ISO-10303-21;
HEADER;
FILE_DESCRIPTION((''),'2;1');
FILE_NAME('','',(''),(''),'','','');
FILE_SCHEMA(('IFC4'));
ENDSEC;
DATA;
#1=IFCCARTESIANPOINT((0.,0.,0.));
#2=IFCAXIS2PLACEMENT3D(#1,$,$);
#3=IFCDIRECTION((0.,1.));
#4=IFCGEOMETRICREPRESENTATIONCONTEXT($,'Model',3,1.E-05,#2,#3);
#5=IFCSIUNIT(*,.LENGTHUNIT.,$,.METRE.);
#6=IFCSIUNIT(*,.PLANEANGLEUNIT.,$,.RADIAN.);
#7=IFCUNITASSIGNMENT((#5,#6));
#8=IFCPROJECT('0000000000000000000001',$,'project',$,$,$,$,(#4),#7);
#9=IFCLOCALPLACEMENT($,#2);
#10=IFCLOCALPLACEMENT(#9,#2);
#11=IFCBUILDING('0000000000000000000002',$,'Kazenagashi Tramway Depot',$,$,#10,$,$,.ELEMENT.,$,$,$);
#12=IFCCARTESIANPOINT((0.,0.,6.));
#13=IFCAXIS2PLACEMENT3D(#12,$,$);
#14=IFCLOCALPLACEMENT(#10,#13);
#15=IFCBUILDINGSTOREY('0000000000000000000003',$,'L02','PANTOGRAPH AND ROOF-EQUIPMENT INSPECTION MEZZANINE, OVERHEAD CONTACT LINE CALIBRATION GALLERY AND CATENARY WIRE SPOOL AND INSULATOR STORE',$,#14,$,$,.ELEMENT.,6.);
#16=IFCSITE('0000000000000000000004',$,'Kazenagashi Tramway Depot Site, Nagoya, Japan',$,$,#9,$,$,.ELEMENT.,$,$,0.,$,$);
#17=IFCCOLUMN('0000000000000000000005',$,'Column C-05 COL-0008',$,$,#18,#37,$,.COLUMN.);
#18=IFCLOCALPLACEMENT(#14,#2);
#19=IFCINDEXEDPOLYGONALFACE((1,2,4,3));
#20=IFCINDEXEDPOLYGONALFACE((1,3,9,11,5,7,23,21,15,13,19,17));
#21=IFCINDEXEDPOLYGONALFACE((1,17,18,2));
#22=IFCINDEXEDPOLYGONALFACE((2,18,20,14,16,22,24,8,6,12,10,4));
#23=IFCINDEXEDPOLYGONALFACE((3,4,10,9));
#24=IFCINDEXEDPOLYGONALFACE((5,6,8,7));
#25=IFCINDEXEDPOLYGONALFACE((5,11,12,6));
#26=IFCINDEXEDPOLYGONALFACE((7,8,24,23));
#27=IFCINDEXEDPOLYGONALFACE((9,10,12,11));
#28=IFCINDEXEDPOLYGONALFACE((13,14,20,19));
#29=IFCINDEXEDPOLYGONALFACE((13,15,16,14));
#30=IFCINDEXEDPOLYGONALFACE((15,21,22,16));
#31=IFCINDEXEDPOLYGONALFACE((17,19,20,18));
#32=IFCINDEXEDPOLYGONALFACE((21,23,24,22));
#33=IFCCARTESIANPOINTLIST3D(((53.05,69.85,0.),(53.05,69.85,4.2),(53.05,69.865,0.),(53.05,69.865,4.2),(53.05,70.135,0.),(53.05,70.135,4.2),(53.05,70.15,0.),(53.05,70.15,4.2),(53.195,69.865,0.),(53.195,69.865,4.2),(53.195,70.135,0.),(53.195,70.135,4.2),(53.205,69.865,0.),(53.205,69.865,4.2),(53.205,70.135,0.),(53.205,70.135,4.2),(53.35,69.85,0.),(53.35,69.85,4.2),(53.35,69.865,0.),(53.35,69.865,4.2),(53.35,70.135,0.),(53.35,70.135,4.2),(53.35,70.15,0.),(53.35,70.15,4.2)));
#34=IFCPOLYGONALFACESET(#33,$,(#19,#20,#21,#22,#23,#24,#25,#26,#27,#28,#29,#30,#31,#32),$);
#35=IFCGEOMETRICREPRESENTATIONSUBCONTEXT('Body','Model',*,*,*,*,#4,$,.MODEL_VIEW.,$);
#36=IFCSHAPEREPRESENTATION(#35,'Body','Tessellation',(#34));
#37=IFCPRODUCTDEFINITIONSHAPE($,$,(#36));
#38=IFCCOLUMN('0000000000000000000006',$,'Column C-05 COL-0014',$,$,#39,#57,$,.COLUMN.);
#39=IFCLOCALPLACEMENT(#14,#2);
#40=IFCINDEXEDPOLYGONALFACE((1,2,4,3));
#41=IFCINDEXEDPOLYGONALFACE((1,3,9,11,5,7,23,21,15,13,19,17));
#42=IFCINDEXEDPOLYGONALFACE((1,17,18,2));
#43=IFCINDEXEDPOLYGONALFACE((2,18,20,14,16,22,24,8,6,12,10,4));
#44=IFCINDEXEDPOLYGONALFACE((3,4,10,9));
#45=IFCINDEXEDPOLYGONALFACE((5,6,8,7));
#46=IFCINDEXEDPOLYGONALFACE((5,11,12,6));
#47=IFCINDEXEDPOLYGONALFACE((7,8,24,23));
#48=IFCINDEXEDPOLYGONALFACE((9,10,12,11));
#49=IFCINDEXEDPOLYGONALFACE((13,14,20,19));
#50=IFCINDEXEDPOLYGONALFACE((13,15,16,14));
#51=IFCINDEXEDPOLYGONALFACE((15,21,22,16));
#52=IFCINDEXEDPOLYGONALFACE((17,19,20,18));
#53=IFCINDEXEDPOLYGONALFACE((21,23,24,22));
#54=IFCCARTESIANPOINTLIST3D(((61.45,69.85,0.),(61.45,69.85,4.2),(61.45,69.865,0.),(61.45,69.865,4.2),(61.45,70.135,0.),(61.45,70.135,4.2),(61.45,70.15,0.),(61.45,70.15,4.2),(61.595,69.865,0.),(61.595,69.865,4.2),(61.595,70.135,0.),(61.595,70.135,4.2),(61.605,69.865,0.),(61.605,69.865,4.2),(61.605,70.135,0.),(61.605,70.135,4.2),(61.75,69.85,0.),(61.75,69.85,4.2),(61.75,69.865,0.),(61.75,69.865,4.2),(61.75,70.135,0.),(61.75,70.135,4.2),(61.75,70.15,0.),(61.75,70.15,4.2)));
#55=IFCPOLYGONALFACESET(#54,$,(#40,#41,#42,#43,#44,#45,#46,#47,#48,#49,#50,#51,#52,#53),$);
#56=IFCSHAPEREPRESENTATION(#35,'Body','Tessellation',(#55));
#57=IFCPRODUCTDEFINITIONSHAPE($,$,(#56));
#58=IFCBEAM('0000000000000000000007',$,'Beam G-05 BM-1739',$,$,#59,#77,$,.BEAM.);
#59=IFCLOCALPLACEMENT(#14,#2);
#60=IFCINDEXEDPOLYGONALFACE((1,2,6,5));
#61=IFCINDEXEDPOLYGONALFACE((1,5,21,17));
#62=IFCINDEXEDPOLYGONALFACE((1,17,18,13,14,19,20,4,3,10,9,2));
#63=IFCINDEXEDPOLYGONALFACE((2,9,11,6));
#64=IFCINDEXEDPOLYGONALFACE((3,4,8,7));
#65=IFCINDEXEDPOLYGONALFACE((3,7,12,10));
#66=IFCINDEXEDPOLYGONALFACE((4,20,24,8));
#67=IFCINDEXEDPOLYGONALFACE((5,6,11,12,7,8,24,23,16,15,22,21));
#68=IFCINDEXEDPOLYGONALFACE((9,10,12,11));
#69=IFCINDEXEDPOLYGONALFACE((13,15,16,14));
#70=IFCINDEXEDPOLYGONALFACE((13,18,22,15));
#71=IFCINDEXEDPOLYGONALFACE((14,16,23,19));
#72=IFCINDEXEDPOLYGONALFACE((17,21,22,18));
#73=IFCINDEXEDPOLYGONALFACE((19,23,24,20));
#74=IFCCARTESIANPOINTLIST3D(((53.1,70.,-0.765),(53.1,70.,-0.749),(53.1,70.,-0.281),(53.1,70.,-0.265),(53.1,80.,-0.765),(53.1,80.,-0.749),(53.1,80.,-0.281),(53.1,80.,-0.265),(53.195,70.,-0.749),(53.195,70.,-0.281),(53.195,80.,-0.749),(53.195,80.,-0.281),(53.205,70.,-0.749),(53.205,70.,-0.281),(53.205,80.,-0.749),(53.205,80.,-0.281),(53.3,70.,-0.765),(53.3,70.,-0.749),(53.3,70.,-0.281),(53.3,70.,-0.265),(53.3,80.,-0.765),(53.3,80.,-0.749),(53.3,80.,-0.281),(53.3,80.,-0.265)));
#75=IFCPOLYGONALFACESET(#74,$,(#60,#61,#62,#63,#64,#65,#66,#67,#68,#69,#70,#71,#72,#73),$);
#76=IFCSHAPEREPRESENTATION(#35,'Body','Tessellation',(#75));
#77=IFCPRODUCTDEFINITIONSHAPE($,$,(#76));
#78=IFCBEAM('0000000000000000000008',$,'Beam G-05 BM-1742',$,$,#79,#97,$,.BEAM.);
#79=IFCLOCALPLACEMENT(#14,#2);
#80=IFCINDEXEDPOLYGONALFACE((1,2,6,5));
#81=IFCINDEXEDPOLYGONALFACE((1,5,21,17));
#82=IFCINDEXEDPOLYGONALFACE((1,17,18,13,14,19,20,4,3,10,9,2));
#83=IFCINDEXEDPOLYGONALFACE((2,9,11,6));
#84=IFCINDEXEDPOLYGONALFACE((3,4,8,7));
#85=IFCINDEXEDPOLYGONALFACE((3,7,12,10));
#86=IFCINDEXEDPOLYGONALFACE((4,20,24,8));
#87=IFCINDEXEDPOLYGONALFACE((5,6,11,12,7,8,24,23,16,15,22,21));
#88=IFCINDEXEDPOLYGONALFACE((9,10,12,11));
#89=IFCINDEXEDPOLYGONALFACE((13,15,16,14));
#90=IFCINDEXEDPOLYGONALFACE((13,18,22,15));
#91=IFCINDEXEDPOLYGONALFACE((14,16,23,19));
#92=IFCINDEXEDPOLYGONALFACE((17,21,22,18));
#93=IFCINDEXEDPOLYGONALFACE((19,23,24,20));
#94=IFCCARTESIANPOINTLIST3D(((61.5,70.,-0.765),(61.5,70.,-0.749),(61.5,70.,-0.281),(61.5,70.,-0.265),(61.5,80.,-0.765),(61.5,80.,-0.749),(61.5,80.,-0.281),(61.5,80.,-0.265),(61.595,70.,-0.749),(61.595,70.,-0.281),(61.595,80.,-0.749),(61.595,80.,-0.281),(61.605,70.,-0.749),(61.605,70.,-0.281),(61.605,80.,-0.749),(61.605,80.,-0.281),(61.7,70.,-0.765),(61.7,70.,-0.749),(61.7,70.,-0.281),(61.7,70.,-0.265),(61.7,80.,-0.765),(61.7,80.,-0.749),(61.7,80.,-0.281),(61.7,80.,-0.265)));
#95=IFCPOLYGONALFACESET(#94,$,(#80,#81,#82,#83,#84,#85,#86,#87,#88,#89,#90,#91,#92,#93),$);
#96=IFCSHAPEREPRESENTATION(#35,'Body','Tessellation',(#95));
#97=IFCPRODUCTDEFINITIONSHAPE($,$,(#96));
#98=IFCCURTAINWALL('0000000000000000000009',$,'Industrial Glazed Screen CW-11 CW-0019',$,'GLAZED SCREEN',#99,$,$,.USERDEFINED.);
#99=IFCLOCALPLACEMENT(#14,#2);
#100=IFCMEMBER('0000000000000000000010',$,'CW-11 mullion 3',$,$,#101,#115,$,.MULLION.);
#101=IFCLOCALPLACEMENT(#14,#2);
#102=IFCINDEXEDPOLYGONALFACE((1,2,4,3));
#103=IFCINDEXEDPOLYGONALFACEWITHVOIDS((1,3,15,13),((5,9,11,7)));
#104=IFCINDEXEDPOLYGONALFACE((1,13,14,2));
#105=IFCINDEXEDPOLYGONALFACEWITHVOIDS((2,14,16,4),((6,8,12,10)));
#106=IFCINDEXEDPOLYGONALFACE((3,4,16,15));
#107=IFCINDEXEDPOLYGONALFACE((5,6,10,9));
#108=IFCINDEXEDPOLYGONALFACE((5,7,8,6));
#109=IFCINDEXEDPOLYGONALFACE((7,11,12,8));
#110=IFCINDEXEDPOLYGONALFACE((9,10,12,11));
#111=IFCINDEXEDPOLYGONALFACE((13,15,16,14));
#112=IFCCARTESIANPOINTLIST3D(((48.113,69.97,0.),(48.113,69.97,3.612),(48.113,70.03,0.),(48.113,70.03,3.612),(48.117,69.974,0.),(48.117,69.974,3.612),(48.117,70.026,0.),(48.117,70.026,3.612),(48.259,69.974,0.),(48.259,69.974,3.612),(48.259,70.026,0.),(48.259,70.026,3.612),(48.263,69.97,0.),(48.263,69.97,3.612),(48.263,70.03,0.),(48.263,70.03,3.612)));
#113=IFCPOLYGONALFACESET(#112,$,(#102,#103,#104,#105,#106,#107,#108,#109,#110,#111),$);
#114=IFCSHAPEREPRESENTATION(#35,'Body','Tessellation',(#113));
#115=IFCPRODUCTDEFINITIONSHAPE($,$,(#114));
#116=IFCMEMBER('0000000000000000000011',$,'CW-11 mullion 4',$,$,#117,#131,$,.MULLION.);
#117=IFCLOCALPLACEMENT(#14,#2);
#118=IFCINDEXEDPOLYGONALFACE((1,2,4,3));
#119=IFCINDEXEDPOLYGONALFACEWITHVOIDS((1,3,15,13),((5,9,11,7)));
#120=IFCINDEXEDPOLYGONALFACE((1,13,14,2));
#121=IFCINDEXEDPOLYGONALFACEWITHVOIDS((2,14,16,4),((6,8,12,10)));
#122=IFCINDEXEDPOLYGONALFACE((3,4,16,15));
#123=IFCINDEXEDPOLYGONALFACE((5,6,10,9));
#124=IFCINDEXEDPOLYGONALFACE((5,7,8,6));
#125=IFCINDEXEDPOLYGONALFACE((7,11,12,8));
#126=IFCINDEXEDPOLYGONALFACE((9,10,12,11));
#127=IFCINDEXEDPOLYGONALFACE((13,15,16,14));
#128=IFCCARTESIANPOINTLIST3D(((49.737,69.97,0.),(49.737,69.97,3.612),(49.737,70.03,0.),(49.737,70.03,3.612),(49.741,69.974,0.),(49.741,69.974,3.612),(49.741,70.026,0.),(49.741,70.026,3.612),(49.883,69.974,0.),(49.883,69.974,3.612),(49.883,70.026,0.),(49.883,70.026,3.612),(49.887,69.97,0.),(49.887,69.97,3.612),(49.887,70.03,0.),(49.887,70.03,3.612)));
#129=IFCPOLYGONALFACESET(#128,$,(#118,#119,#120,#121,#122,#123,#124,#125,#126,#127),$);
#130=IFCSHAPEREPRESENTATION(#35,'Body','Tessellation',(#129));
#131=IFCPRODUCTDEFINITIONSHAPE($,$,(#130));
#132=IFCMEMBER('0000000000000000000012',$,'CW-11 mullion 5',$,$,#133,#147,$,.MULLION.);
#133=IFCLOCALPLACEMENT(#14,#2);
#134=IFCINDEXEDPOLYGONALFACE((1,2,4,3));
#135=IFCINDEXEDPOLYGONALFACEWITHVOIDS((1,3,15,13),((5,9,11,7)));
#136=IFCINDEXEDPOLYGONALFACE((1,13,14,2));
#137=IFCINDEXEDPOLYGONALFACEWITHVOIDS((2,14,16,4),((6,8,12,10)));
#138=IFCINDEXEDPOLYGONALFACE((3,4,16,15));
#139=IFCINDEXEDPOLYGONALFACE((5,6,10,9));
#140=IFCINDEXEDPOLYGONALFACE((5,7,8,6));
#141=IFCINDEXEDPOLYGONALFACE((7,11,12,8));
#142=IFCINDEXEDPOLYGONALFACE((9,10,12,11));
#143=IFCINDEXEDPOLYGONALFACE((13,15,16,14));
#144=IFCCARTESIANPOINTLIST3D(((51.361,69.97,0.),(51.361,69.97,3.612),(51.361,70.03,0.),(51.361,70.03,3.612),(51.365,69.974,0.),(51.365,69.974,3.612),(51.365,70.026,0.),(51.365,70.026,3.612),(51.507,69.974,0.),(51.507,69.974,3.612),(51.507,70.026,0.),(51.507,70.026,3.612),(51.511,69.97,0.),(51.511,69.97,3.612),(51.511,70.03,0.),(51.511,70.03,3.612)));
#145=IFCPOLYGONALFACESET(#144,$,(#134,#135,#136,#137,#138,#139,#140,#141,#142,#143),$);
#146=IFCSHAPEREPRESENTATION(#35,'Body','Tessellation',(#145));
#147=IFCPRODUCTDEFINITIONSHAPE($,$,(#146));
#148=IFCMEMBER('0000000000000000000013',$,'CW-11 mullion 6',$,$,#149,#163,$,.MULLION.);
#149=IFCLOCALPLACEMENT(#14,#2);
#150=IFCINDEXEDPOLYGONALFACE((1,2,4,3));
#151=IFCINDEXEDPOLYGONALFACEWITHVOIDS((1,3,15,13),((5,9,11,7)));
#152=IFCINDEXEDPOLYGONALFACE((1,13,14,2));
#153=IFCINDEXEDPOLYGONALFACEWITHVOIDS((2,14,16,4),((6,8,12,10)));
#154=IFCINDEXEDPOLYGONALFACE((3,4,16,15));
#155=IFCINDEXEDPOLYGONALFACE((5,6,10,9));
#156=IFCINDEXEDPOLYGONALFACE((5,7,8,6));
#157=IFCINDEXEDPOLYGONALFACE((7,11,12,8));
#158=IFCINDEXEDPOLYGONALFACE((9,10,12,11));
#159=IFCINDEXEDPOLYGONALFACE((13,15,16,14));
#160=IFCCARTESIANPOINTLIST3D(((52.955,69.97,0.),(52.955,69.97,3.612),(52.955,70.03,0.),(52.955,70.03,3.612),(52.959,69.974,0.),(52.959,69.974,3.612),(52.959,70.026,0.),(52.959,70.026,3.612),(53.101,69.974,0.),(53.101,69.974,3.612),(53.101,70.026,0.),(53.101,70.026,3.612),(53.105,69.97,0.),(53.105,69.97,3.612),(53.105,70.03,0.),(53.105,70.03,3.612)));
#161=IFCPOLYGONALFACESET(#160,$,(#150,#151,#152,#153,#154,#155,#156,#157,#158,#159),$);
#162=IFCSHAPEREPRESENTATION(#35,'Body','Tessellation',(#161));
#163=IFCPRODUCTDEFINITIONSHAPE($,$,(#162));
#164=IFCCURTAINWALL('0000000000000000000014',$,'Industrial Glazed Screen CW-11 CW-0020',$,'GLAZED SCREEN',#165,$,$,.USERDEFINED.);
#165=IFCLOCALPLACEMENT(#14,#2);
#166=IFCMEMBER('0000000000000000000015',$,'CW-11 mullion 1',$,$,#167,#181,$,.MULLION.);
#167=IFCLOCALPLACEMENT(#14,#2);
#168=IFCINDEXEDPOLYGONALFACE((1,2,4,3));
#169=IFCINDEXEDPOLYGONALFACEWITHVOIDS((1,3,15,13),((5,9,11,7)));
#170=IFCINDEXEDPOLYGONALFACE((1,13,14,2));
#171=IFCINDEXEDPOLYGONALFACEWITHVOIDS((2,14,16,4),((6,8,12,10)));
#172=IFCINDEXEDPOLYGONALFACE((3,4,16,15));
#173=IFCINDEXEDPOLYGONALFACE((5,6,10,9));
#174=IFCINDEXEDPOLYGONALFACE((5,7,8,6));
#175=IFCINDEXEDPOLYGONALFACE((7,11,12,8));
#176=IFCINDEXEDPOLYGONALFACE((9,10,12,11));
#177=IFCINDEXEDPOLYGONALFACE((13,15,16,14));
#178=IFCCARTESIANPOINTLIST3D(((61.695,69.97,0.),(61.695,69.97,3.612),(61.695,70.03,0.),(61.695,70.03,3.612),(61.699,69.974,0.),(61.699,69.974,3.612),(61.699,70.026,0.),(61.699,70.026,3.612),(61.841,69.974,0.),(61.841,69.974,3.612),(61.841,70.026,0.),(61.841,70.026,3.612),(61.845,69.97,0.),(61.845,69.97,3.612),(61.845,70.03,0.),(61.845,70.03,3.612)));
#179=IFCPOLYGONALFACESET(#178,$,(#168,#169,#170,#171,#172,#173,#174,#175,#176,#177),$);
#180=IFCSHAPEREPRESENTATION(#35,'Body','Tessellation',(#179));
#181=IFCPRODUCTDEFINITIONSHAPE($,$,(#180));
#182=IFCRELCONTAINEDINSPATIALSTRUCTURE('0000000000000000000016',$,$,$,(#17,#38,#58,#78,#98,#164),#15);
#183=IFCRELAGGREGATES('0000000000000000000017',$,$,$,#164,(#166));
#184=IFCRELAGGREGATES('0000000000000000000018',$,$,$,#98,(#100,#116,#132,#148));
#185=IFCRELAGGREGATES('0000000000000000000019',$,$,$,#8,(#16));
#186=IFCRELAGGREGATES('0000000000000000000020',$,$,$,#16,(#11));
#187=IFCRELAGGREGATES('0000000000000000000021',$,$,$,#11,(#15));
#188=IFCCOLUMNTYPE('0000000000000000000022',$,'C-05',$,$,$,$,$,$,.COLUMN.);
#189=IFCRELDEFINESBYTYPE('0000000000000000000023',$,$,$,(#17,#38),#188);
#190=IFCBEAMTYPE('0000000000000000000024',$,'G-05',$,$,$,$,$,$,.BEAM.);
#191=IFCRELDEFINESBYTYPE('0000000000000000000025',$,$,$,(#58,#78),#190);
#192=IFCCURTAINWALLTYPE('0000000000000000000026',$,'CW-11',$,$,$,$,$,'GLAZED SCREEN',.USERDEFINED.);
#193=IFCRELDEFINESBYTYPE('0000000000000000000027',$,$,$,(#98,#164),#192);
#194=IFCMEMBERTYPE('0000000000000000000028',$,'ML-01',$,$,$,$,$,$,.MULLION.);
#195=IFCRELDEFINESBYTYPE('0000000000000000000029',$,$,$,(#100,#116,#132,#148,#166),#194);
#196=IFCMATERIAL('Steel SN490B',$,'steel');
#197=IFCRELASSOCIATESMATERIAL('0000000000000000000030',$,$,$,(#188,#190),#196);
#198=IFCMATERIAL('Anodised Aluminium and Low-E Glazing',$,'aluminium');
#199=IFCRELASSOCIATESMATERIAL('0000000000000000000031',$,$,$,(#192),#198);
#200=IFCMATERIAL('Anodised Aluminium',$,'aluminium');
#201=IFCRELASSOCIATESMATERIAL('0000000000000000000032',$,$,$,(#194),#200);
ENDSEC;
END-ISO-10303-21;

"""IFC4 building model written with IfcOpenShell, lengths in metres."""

from ifc_helpers import new_model, si_unit, direction, frame, origin, origin_2d, place, context, subcontext, project, spatial, hollow_rectangle, i_section, extrude, material, material_profile, profile_set, type_object, element, aggregate, save


model = new_model("IFC4")

# Units and contexts
model_context = context("Model", 3, precision=1e-05, world=origin(), true_north=direction((0.0, 1.0)))
body_context = subcontext(model_context, "Body", "Model", "MODEL_VIEW")
ifc_project = project(units=[si_unit("LENGTHUNIT", "METRE"), si_unit("PLANEANGLEUNIT", "RADIAN")], contexts=[model_context])

# Site, building, storey
site_placement = place(None, origin())
site = spatial("IfcSite", under=ifc_project, at=site_placement, Name="Kazenagashi Tramway Depot Site, Nagoya, Japan", CompositionType="ELEMENT", RefElevation=0.0)
building_placement = place(site_placement, origin())
building = spatial("IfcBuilding", under=site, at=building_placement, Name="Kazenagashi Tramway Depot", CompositionType="ELEMENT")
storey_placement = place(building_placement, frame((0.0, 0.0, 6.0)))
storey = spatial("IfcBuildingStorey", under=building, at=storey_placement, Name="L02", Description="PANTOGRAPH AND ROOF-EQUIPMENT INSPECTION MEZZANINE, OVERHEAD CONTACT LINE CALIBRATION GALLERY AND CATENARY WIRE SPOOL AND INSULATOR STORE", CompositionType="ELEMENT", Elevation=6.0)

# Columns
ifc_material_1 = material(Name="Steel SN490B", Category="steel")
ifc_material_profile_1 = material_profile(ifc_material_1, i_section(OverallWidth=0.3, OverallDepth=0.3, WebThickness=0.01, FlangeThickness=0.015, at=origin_2d()), Name="H-300x300x10x15")
ifc_profile_set_1 = profile_set([ifc_material_profile_1], Name="Steel SN490B")
column_type = type_object("IfcColumnType", Name="C-05", PredefinedType="COLUMN", material=ifc_profile_set_1)
for number, where, z_axis, x_axis, name in (
    (1, (53.2, 70.0, 0.0), (0.0, 0.0, 1.0), (1.0, 0.0, 0.0), "Column C-05 COL-0008"),
    (2, (61.6, 70.0, 0.0), (0.0, 0.0, 1.0), (1.0, 0.0, 0.0), "Column C-05 COL-0014"),
):
    element("IfcColumn", number, at=place(storey_placement, frame(where, z_axis=z_axis, x_axis=x_axis)), inside=storey, type_object=column_type, Name=name, PredefinedType="COLUMN", context=body_context, shape_type="SweptSolid", body=[
        extrude(i_section(OverallWidth=0.3, OverallDepth=0.3, WebThickness=0.01, FlangeThickness=0.015, at=origin_2d()), origin(), (0.0, 0.0, 1.0), 4.2),
    ])

# Beams
ifc_material_profile_2 = material_profile(ifc_material_1, i_section(OverallWidth=0.2, OverallDepth=0.5, WebThickness=0.01, FlangeThickness=0.016, at=origin_2d()), Name="H-500x200x10x16")
ifc_profile_set_2 = profile_set([ifc_material_profile_2], Name="Steel SN490B")
beam_type_1 = type_object("IfcBeamType", Name="G-05", PredefinedType="BEAM", material=ifc_profile_set_2)
for number, where, z_axis, x_axis, name in (
    (3, (53.2, 70.0, -0.515), (0.0, 1.0, 0.0), (-1.0, 0.0, 0.0), "Beam G-05 BM-1739"),
    (4, (61.6, 70.0, -0.515), (0.0, 1.0, 0.0), (-1.0, 0.0, 0.0), "Beam G-05 BM-1742"),
):
    element("IfcBeam", number, at=place(storey_placement, frame(where, z_axis=z_axis, x_axis=x_axis)), inside=storey, type_object=beam_type_1, Name=name, PredefinedType="BEAM", context=body_context, shape_type="SweptSolid", body=[
        extrude(i_section(OverallWidth=0.2, OverallDepth=0.5, WebThickness=0.01, FlangeThickness=0.016, at=origin_2d()), origin(), (0.0, 0.0, 1.0), 10.0),
    ])

# Curtain wall, members
ifc_material_2 = material(Name="Anodised Aluminium and Low-E Glazing", Category="aluminium")
curtain_wall_type = type_object("IfcCurtainWallType", Name="CW-11", ElementType="GLAZED SCREEN", PredefinedType="USERDEFINED", material=ifc_material_2)
curtain_wall_1_placement = place(storey_placement, origin())
curtain_wall_1 = element("IfcCurtainWall", 5, at=curtain_wall_1_placement, inside=storey, type_object=curtain_wall_type, Name="Industrial Glazed Screen CW-11 CW-0019", ObjectType="GLAZED SCREEN", PredefinedType="USERDEFINED")
ifc_material_3 = material(Name="Anodised Aluminium", Category="aluminium")
ifc_material_profile_3 = material_profile(ifc_material_3, hollow_rectangle(XDim=0.06, YDim=0.15, WallThickness=0.004, at=origin_2d()), Name="RHS-150x60x4")
ifc_profile_set_3 = profile_set([ifc_material_profile_3], Name="Anodised Aluminium")
member_type_1 = type_object("IfcMemberType", Name="ML-01", PredefinedType="MULLION", material=ifc_profile_set_3)
member_1_placement = place(storey_placement, frame((48.188, 70.0, 0.0), z_axis=(0.0, 0.0, 1.0), x_axis=(0.0, 1.0, 0.0)))
member_1 = element("IfcMember", 6, at=member_1_placement, type_object=member_type_1, Name="CW-11 mullion 3", PredefinedType="MULLION", context=body_context, shape_type="SweptSolid", body=[
    extrude(hollow_rectangle(XDim=0.06, YDim=0.15, WallThickness=0.004, at=origin_2d()), origin(), (0.0, 0.0, 1.0), 3.612),
])
member_2_placement = place(storey_placement, frame((49.812, 70.0, 0.0), z_axis=(0.0, 0.0, 1.0), x_axis=(0.0, 1.0, 0.0)))
member_2 = element("IfcMember", 7, at=member_2_placement, type_object=member_type_1, Name="CW-11 mullion 4", PredefinedType="MULLION", context=body_context, shape_type="SweptSolid", body=[
    extrude(hollow_rectangle(XDim=0.06, YDim=0.15, WallThickness=0.004, at=origin_2d()), origin(), (0.0, 0.0, 1.0), 3.612),
])
member_3_placement = place(storey_placement, frame((51.436, 70.0, 0.0), z_axis=(0.0, 0.0, 1.0), x_axis=(0.0, 1.0, 0.0)))
member_3 = element("IfcMember", 8, at=member_3_placement, type_object=member_type_1, Name="CW-11 mullion 5", PredefinedType="MULLION", context=body_context, shape_type="SweptSolid", body=[
    extrude(hollow_rectangle(XDim=0.06, YDim=0.15, WallThickness=0.004, at=origin_2d()), origin(), (0.0, 0.0, 1.0), 3.612),
])
member_4_placement = place(storey_placement, frame((53.03, 70.0, 0.0), z_axis=(0.0, 0.0, 1.0), x_axis=(0.0, 1.0, 0.0)))
member_4 = element("IfcMember", 9, at=member_4_placement, type_object=member_type_1, Name="CW-11 mullion 6", PredefinedType="MULLION", context=body_context, shape_type="SweptSolid", body=[
    extrude(hollow_rectangle(XDim=0.06, YDim=0.15, WallThickness=0.004, at=origin_2d()), origin(), (0.0, 0.0, 1.0), 3.612),
])

# Curtain wall, member
curtain_wall_2_placement = place(storey_placement, origin())
curtain_wall_2 = element("IfcCurtainWall", 10, at=curtain_wall_2_placement, inside=storey, type_object=curtain_wall_type, Name="Industrial Glazed Screen CW-11 CW-0020", ObjectType="GLAZED SCREEN", PredefinedType="USERDEFINED")
member_5_placement = place(storey_placement, frame((61.77, 70.0, 0.0), z_axis=(0.0, 0.0, 1.0), x_axis=(0.0, 1.0, 0.0)))
member_5 = element("IfcMember", 11, at=member_5_placement, type_object=member_type_1, Name="CW-11 mullion 1", PredefinedType="MULLION", context=body_context, shape_type="SweptSolid", body=[
    extrude(hollow_rectangle(XDim=0.06, YDim=0.15, WallThickness=0.004, at=origin_2d()), origin(), (0.0, 0.0, 1.0), 3.612),
])

aggregate(curtain_wall_2, [member_5])

aggregate(curtain_wall_1, [member_1, member_2, member_3, member_4])

save(model, "model.ifc")
